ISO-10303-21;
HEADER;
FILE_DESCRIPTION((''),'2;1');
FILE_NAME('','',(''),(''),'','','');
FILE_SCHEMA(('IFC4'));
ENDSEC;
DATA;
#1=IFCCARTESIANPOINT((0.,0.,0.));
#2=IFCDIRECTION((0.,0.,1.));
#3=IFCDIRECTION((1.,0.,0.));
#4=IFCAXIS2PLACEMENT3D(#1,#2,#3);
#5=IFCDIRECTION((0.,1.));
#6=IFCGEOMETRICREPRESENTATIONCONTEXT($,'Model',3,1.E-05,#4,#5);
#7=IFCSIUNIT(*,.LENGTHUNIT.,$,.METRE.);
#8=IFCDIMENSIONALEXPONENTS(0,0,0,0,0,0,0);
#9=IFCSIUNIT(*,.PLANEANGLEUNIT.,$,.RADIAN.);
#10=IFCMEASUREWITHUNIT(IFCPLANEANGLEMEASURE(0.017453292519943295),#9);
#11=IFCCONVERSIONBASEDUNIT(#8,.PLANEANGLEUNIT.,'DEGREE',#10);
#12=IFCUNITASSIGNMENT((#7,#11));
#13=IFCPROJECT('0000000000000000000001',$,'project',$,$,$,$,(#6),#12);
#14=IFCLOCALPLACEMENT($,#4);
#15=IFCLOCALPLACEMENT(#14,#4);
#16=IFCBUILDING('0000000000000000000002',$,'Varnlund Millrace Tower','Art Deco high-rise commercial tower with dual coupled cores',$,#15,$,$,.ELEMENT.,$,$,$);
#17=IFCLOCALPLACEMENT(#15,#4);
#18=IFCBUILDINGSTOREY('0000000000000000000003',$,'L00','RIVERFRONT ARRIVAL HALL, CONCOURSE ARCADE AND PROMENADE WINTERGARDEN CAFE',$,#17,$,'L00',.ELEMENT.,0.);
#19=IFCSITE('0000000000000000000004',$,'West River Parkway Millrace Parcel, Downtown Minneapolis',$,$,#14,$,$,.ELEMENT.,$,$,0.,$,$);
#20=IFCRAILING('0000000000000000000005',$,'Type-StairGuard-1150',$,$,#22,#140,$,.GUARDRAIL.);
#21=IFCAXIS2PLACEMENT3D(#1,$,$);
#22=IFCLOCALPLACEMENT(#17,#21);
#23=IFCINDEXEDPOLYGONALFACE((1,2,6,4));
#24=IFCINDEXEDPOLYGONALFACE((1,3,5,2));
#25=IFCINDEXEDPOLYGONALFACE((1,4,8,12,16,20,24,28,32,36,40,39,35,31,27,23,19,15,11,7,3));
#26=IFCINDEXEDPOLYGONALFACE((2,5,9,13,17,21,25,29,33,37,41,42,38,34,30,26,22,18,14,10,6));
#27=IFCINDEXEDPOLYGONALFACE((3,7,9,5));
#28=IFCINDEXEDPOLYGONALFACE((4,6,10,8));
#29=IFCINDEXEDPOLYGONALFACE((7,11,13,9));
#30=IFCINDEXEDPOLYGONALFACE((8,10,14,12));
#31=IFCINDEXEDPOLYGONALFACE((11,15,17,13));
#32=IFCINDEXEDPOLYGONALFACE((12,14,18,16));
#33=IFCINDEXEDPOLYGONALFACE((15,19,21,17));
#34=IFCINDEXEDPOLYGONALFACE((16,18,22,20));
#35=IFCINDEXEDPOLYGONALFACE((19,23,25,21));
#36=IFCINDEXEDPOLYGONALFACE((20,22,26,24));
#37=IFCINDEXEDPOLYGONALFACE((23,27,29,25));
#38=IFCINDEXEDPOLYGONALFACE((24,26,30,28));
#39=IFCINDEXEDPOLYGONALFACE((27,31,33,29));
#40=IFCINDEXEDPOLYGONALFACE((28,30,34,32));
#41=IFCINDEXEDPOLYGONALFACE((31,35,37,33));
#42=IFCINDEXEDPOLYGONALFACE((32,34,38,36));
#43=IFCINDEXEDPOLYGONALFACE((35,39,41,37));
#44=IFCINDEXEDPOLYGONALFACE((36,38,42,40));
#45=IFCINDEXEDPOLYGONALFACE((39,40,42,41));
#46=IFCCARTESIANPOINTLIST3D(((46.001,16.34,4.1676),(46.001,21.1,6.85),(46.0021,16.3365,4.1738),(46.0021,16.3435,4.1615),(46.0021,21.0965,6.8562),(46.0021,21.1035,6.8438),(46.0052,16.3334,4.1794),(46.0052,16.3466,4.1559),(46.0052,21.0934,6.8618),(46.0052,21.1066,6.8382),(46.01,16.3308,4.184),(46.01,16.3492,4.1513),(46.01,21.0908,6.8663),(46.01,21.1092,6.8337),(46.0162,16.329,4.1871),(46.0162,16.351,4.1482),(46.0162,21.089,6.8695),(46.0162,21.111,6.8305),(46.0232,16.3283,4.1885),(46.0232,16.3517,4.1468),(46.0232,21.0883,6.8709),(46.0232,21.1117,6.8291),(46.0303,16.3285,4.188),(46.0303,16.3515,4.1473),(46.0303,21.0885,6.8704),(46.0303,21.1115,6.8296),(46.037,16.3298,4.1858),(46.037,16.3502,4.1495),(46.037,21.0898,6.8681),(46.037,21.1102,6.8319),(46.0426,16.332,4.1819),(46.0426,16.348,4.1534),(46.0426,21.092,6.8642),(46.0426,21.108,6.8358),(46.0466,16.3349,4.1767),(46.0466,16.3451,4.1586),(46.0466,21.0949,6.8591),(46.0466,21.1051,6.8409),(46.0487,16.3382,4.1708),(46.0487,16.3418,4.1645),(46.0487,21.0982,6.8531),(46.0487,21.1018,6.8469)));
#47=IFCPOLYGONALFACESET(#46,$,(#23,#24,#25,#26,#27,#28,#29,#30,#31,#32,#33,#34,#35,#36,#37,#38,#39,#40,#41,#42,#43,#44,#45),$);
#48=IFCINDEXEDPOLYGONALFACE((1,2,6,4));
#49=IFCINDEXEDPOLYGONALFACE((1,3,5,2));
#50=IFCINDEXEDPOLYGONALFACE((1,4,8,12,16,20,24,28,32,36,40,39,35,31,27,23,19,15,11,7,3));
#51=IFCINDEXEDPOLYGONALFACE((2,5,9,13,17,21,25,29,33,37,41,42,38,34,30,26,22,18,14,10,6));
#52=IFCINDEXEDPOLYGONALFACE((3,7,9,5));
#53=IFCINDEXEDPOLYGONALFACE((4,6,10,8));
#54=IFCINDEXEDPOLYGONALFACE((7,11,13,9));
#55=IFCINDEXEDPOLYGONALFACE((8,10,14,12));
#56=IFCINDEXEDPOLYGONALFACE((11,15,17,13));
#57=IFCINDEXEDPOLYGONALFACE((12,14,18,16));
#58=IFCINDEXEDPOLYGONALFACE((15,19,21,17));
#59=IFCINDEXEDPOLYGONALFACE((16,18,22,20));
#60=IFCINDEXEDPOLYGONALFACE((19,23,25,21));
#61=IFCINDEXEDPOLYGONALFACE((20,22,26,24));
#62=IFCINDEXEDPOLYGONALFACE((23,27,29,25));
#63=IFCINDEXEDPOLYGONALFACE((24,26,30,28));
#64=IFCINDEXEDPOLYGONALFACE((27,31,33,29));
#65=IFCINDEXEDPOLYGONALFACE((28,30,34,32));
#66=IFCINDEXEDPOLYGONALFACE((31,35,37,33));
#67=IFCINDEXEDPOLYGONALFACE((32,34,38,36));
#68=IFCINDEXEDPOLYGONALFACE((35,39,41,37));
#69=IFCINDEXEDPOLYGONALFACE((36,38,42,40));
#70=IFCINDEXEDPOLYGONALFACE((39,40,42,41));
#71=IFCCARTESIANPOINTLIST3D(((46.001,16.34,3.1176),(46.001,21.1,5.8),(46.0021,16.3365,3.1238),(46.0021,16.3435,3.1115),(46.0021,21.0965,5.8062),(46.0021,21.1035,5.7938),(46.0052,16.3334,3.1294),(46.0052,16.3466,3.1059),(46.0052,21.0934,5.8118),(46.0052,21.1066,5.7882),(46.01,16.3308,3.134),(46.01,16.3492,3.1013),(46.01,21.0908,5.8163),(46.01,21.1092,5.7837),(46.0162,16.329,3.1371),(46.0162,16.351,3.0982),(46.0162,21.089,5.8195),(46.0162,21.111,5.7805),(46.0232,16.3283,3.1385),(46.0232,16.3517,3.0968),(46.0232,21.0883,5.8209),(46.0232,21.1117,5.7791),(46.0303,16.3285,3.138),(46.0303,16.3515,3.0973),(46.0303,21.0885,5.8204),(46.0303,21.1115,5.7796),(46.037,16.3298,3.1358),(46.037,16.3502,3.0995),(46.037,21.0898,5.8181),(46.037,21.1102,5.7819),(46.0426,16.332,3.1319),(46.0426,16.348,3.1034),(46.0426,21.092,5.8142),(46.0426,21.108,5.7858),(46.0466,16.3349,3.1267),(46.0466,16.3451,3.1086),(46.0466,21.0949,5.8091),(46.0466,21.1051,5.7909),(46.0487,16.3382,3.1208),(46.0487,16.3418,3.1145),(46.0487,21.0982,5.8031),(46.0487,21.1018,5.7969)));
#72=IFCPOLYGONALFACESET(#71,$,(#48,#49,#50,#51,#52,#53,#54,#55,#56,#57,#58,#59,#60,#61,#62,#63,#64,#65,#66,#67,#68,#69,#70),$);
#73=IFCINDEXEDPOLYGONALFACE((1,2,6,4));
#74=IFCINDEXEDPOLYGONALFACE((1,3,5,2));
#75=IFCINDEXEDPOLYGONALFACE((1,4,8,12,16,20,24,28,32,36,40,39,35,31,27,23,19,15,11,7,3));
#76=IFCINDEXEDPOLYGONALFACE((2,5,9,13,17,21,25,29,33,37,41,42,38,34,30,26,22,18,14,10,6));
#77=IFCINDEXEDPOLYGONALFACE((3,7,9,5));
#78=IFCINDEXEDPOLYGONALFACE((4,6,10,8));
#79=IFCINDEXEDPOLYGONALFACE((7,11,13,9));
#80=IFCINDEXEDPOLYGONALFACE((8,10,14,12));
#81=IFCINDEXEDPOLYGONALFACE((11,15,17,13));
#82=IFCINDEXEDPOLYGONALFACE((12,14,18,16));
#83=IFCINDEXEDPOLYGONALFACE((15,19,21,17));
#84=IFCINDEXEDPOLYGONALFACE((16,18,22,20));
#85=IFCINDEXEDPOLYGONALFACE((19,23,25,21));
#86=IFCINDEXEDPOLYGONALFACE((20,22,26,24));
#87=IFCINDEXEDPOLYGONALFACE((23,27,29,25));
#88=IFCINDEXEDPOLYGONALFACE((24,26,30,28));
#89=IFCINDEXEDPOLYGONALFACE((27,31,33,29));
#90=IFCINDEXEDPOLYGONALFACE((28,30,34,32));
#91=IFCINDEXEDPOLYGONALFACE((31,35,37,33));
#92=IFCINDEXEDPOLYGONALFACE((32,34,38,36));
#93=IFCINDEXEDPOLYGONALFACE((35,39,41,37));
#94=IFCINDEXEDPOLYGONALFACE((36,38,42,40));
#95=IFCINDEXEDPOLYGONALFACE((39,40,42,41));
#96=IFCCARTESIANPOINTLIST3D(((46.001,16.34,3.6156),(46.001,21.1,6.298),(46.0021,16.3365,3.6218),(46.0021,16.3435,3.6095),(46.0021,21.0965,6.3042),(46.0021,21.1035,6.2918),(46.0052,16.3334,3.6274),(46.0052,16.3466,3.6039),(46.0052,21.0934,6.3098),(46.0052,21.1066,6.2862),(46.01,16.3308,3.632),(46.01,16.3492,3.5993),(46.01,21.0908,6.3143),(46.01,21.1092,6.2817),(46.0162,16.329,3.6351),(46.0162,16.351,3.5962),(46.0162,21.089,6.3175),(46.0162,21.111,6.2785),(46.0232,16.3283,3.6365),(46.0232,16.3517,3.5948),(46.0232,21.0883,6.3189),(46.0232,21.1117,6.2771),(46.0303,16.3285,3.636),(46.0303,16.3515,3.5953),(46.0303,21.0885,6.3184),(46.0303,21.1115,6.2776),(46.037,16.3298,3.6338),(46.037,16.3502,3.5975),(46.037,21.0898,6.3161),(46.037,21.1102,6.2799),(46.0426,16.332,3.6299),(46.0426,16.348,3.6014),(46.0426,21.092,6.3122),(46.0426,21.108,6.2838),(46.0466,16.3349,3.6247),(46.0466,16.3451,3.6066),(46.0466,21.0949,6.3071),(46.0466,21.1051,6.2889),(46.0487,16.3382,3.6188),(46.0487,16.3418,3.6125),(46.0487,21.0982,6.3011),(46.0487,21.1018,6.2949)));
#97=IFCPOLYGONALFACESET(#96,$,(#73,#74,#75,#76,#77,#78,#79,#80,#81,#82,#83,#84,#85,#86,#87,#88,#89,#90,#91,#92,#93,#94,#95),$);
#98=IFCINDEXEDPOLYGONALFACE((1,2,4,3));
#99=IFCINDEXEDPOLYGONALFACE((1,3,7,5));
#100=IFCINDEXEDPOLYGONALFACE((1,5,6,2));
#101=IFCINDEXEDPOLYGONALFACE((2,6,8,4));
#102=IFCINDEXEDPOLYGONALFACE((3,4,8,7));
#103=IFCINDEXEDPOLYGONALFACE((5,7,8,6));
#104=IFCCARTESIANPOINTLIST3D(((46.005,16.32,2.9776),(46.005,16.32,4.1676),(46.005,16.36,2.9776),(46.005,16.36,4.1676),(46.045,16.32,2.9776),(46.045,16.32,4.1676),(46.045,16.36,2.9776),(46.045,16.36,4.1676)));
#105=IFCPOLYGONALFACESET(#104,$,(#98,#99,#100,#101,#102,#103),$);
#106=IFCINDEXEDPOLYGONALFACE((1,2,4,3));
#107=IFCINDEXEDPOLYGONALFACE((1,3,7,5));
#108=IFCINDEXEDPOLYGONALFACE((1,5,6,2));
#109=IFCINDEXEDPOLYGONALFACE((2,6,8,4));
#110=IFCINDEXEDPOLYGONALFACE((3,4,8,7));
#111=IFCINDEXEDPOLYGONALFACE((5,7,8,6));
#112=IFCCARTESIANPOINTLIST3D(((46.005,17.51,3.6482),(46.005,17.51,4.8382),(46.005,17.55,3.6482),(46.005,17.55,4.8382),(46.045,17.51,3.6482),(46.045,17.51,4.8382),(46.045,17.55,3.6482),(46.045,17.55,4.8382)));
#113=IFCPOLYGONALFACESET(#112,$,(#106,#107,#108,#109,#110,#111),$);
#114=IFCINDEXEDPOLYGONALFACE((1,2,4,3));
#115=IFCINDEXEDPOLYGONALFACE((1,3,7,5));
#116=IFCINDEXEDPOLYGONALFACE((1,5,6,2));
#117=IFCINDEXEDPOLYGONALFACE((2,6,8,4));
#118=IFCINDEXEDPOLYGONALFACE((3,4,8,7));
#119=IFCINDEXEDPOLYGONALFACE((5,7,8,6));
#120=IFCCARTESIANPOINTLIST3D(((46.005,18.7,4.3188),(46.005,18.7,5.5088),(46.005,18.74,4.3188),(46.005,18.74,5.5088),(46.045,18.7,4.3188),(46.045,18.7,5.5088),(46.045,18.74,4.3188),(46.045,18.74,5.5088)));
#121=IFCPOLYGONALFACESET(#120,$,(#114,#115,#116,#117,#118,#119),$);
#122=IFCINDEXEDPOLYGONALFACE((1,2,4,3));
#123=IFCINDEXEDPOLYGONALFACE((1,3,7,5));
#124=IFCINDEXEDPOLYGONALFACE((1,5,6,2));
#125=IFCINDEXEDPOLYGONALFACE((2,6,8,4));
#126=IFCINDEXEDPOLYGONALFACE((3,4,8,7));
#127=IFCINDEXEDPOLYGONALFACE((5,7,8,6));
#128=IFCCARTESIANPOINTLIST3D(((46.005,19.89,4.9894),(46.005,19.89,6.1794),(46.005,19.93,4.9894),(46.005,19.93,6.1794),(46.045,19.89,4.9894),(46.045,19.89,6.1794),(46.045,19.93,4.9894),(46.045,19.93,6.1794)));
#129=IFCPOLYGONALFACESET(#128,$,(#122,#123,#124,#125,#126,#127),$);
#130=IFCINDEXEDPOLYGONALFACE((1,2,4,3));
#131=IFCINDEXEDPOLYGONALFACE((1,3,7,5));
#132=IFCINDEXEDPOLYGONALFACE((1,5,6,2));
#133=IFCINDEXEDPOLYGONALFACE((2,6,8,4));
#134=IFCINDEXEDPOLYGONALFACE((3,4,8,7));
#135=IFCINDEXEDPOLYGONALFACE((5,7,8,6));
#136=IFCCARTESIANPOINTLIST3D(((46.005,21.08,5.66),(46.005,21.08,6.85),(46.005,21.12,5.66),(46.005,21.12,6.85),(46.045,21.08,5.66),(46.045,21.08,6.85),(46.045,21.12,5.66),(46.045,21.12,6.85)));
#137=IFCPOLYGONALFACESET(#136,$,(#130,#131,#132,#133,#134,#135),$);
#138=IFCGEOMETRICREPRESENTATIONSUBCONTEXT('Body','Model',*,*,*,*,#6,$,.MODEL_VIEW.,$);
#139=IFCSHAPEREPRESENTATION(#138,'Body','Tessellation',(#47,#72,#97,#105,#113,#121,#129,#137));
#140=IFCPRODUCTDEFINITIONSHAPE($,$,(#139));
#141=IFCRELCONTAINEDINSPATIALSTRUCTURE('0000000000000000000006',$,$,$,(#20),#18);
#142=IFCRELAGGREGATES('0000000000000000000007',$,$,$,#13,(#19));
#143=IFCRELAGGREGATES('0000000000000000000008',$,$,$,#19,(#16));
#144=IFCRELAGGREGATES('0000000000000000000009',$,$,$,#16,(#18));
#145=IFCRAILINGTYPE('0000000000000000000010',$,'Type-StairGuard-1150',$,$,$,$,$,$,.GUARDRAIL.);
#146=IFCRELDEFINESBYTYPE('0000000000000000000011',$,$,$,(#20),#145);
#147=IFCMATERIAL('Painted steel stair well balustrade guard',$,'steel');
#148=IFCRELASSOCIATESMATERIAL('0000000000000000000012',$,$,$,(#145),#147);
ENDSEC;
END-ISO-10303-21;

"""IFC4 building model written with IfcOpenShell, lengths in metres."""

from ifc_helpers import new_model, entity, si_unit, converted_unit, direction, frame, origin_with_axes, origin_2d_with_axis, place, context, subcontext, project, spatial, rectangle, circle, extrude, material, type_object, element, save


model = new_model("IFC4")

# Units and contexts
model_context = context("Model", 3, precision=1e-05, world=origin_with_axes(), true_north=direction((0.0, 1.0)))
body_context = subcontext(model_context, "Body", "Model", "MODEL_VIEW")
ifc_project = project(units=[si_unit("LENGTHUNIT", "METRE"), converted_unit("PLANEANGLEUNIT", "DEGREE", entity("IfcPlaneAngleMeasure", 0.017453292519943295), si_unit("PLANEANGLEUNIT", "RADIAN"), dimensions=[0, 0, 0, 0, 0, 0, 0])], contexts=[model_context])

# Site, building, storey
site_placement = place(None, origin_with_axes())
site = spatial("IfcSite", under=ifc_project, at=site_placement, Name="West River Parkway Millrace Parcel, Downtown Minneapolis", CompositionType="ELEMENT", RefElevation=0.0)
building_placement = place(site_placement, origin_with_axes())
building = spatial("IfcBuilding", under=site, at=building_placement, Name="Varnlund Millrace Tower", Description="Art Deco high-rise commercial tower with dual coupled cores", CompositionType="ELEMENT")
storey_placement = place(building_placement, origin_with_axes())
storey = spatial("IfcBuildingStorey", under=building, at=storey_placement, Name="L00", Description="RIVERFRONT ARRIVAL HALL, CONCOURSE ARCADE AND PROMENADE WINTERGARDEN CAFE", LongName="L00", CompositionType="ELEMENT", Elevation=0.0)

# Railing
ifc_material_1 = material(Name="Painted steel stair well balustrade guard", Category="steel")
railing_type_1 = type_object("IfcRailingType", Name="Type-StairGuard-1150", PredefinedType="GUARDRAIL", material=ifc_material_1)
railing_1_placement = place(storey_placement, origin_with_axes())
element("IfcRailing", 1, at=railing_1_placement, inside=storey, type_object=railing_type_1, Name="Type-StairGuard-1150", PredefinedType="GUARDRAIL", context=body_context, shape_type="SweptSolid", body=[
    extrude(circle(Radius=0.024, at=origin_2d_with_axis()), frame((46.025, 16.34, 4.1676), z_axis=(0.0, 0.871196, 0.490936), x_axis=(-1.0, 0.0, 0.0)), (0.0, 0.0, 1.0), 5.4638),
    extrude(circle(Radius=0.024, at=origin_2d_with_axis()), frame((46.025, 16.34, 3.1176), z_axis=(0.0, 0.871196, 0.490936), x_axis=(-1.0, 0.0, 0.0)), (0.0, 0.0, 1.0), 5.4638),
    extrude(circle(Radius=0.024, at=origin_2d_with_axis()), frame((46.025, 16.34, 3.6156), z_axis=(0.0, 0.871196, 0.490936), x_axis=(-1.0, 0.0, 0.0)), (0.0, 0.0, 1.0), 5.4638),
    extrude(rectangle(XDim=0.04, YDim=0.04, at=origin_2d_with_axis()), frame((46.025, 16.34, 2.9776), z_axis=(0.0, 0.0, 1.0), x_axis=(1.0, 0.0, 0.0)), (0.0, 0.0, 1.0), 1.19),
    extrude(rectangle(XDim=0.04, YDim=0.04, at=origin_2d_with_axis()), frame((46.025, 17.53, 3.6482), z_axis=(0.0, 0.0, 1.0), x_axis=(1.0, 0.0, 0.0)), (0.0, 0.0, 1.0), 1.19),
    extrude(rectangle(XDim=0.04, YDim=0.04, at=origin_2d_with_axis()), frame((46.025, 18.72, 4.3188), z_axis=(0.0, 0.0, 1.0), x_axis=(1.0, 0.0, 0.0)), (0.0, 0.0, 1.0), 1.19),
    extrude(rectangle(XDim=0.04, YDim=0.04, at=origin_2d_with_axis()), frame((46.025, 19.91, 4.9894), z_axis=(0.0, 0.0, 1.0), x_axis=(1.0, 0.0, 0.0)), (0.0, 0.0, 1.0), 1.19),
    extrude(rectangle(XDim=0.04, YDim=0.04, at=origin_2d_with_axis()), frame((46.025, 21.1, 5.66), z_axis=(0.0, 0.0, 1.0), x_axis=(1.0, 0.0, 0.0)), (0.0, 0.0, 1.0), 1.19),
])

save(model, "model.ifc")
